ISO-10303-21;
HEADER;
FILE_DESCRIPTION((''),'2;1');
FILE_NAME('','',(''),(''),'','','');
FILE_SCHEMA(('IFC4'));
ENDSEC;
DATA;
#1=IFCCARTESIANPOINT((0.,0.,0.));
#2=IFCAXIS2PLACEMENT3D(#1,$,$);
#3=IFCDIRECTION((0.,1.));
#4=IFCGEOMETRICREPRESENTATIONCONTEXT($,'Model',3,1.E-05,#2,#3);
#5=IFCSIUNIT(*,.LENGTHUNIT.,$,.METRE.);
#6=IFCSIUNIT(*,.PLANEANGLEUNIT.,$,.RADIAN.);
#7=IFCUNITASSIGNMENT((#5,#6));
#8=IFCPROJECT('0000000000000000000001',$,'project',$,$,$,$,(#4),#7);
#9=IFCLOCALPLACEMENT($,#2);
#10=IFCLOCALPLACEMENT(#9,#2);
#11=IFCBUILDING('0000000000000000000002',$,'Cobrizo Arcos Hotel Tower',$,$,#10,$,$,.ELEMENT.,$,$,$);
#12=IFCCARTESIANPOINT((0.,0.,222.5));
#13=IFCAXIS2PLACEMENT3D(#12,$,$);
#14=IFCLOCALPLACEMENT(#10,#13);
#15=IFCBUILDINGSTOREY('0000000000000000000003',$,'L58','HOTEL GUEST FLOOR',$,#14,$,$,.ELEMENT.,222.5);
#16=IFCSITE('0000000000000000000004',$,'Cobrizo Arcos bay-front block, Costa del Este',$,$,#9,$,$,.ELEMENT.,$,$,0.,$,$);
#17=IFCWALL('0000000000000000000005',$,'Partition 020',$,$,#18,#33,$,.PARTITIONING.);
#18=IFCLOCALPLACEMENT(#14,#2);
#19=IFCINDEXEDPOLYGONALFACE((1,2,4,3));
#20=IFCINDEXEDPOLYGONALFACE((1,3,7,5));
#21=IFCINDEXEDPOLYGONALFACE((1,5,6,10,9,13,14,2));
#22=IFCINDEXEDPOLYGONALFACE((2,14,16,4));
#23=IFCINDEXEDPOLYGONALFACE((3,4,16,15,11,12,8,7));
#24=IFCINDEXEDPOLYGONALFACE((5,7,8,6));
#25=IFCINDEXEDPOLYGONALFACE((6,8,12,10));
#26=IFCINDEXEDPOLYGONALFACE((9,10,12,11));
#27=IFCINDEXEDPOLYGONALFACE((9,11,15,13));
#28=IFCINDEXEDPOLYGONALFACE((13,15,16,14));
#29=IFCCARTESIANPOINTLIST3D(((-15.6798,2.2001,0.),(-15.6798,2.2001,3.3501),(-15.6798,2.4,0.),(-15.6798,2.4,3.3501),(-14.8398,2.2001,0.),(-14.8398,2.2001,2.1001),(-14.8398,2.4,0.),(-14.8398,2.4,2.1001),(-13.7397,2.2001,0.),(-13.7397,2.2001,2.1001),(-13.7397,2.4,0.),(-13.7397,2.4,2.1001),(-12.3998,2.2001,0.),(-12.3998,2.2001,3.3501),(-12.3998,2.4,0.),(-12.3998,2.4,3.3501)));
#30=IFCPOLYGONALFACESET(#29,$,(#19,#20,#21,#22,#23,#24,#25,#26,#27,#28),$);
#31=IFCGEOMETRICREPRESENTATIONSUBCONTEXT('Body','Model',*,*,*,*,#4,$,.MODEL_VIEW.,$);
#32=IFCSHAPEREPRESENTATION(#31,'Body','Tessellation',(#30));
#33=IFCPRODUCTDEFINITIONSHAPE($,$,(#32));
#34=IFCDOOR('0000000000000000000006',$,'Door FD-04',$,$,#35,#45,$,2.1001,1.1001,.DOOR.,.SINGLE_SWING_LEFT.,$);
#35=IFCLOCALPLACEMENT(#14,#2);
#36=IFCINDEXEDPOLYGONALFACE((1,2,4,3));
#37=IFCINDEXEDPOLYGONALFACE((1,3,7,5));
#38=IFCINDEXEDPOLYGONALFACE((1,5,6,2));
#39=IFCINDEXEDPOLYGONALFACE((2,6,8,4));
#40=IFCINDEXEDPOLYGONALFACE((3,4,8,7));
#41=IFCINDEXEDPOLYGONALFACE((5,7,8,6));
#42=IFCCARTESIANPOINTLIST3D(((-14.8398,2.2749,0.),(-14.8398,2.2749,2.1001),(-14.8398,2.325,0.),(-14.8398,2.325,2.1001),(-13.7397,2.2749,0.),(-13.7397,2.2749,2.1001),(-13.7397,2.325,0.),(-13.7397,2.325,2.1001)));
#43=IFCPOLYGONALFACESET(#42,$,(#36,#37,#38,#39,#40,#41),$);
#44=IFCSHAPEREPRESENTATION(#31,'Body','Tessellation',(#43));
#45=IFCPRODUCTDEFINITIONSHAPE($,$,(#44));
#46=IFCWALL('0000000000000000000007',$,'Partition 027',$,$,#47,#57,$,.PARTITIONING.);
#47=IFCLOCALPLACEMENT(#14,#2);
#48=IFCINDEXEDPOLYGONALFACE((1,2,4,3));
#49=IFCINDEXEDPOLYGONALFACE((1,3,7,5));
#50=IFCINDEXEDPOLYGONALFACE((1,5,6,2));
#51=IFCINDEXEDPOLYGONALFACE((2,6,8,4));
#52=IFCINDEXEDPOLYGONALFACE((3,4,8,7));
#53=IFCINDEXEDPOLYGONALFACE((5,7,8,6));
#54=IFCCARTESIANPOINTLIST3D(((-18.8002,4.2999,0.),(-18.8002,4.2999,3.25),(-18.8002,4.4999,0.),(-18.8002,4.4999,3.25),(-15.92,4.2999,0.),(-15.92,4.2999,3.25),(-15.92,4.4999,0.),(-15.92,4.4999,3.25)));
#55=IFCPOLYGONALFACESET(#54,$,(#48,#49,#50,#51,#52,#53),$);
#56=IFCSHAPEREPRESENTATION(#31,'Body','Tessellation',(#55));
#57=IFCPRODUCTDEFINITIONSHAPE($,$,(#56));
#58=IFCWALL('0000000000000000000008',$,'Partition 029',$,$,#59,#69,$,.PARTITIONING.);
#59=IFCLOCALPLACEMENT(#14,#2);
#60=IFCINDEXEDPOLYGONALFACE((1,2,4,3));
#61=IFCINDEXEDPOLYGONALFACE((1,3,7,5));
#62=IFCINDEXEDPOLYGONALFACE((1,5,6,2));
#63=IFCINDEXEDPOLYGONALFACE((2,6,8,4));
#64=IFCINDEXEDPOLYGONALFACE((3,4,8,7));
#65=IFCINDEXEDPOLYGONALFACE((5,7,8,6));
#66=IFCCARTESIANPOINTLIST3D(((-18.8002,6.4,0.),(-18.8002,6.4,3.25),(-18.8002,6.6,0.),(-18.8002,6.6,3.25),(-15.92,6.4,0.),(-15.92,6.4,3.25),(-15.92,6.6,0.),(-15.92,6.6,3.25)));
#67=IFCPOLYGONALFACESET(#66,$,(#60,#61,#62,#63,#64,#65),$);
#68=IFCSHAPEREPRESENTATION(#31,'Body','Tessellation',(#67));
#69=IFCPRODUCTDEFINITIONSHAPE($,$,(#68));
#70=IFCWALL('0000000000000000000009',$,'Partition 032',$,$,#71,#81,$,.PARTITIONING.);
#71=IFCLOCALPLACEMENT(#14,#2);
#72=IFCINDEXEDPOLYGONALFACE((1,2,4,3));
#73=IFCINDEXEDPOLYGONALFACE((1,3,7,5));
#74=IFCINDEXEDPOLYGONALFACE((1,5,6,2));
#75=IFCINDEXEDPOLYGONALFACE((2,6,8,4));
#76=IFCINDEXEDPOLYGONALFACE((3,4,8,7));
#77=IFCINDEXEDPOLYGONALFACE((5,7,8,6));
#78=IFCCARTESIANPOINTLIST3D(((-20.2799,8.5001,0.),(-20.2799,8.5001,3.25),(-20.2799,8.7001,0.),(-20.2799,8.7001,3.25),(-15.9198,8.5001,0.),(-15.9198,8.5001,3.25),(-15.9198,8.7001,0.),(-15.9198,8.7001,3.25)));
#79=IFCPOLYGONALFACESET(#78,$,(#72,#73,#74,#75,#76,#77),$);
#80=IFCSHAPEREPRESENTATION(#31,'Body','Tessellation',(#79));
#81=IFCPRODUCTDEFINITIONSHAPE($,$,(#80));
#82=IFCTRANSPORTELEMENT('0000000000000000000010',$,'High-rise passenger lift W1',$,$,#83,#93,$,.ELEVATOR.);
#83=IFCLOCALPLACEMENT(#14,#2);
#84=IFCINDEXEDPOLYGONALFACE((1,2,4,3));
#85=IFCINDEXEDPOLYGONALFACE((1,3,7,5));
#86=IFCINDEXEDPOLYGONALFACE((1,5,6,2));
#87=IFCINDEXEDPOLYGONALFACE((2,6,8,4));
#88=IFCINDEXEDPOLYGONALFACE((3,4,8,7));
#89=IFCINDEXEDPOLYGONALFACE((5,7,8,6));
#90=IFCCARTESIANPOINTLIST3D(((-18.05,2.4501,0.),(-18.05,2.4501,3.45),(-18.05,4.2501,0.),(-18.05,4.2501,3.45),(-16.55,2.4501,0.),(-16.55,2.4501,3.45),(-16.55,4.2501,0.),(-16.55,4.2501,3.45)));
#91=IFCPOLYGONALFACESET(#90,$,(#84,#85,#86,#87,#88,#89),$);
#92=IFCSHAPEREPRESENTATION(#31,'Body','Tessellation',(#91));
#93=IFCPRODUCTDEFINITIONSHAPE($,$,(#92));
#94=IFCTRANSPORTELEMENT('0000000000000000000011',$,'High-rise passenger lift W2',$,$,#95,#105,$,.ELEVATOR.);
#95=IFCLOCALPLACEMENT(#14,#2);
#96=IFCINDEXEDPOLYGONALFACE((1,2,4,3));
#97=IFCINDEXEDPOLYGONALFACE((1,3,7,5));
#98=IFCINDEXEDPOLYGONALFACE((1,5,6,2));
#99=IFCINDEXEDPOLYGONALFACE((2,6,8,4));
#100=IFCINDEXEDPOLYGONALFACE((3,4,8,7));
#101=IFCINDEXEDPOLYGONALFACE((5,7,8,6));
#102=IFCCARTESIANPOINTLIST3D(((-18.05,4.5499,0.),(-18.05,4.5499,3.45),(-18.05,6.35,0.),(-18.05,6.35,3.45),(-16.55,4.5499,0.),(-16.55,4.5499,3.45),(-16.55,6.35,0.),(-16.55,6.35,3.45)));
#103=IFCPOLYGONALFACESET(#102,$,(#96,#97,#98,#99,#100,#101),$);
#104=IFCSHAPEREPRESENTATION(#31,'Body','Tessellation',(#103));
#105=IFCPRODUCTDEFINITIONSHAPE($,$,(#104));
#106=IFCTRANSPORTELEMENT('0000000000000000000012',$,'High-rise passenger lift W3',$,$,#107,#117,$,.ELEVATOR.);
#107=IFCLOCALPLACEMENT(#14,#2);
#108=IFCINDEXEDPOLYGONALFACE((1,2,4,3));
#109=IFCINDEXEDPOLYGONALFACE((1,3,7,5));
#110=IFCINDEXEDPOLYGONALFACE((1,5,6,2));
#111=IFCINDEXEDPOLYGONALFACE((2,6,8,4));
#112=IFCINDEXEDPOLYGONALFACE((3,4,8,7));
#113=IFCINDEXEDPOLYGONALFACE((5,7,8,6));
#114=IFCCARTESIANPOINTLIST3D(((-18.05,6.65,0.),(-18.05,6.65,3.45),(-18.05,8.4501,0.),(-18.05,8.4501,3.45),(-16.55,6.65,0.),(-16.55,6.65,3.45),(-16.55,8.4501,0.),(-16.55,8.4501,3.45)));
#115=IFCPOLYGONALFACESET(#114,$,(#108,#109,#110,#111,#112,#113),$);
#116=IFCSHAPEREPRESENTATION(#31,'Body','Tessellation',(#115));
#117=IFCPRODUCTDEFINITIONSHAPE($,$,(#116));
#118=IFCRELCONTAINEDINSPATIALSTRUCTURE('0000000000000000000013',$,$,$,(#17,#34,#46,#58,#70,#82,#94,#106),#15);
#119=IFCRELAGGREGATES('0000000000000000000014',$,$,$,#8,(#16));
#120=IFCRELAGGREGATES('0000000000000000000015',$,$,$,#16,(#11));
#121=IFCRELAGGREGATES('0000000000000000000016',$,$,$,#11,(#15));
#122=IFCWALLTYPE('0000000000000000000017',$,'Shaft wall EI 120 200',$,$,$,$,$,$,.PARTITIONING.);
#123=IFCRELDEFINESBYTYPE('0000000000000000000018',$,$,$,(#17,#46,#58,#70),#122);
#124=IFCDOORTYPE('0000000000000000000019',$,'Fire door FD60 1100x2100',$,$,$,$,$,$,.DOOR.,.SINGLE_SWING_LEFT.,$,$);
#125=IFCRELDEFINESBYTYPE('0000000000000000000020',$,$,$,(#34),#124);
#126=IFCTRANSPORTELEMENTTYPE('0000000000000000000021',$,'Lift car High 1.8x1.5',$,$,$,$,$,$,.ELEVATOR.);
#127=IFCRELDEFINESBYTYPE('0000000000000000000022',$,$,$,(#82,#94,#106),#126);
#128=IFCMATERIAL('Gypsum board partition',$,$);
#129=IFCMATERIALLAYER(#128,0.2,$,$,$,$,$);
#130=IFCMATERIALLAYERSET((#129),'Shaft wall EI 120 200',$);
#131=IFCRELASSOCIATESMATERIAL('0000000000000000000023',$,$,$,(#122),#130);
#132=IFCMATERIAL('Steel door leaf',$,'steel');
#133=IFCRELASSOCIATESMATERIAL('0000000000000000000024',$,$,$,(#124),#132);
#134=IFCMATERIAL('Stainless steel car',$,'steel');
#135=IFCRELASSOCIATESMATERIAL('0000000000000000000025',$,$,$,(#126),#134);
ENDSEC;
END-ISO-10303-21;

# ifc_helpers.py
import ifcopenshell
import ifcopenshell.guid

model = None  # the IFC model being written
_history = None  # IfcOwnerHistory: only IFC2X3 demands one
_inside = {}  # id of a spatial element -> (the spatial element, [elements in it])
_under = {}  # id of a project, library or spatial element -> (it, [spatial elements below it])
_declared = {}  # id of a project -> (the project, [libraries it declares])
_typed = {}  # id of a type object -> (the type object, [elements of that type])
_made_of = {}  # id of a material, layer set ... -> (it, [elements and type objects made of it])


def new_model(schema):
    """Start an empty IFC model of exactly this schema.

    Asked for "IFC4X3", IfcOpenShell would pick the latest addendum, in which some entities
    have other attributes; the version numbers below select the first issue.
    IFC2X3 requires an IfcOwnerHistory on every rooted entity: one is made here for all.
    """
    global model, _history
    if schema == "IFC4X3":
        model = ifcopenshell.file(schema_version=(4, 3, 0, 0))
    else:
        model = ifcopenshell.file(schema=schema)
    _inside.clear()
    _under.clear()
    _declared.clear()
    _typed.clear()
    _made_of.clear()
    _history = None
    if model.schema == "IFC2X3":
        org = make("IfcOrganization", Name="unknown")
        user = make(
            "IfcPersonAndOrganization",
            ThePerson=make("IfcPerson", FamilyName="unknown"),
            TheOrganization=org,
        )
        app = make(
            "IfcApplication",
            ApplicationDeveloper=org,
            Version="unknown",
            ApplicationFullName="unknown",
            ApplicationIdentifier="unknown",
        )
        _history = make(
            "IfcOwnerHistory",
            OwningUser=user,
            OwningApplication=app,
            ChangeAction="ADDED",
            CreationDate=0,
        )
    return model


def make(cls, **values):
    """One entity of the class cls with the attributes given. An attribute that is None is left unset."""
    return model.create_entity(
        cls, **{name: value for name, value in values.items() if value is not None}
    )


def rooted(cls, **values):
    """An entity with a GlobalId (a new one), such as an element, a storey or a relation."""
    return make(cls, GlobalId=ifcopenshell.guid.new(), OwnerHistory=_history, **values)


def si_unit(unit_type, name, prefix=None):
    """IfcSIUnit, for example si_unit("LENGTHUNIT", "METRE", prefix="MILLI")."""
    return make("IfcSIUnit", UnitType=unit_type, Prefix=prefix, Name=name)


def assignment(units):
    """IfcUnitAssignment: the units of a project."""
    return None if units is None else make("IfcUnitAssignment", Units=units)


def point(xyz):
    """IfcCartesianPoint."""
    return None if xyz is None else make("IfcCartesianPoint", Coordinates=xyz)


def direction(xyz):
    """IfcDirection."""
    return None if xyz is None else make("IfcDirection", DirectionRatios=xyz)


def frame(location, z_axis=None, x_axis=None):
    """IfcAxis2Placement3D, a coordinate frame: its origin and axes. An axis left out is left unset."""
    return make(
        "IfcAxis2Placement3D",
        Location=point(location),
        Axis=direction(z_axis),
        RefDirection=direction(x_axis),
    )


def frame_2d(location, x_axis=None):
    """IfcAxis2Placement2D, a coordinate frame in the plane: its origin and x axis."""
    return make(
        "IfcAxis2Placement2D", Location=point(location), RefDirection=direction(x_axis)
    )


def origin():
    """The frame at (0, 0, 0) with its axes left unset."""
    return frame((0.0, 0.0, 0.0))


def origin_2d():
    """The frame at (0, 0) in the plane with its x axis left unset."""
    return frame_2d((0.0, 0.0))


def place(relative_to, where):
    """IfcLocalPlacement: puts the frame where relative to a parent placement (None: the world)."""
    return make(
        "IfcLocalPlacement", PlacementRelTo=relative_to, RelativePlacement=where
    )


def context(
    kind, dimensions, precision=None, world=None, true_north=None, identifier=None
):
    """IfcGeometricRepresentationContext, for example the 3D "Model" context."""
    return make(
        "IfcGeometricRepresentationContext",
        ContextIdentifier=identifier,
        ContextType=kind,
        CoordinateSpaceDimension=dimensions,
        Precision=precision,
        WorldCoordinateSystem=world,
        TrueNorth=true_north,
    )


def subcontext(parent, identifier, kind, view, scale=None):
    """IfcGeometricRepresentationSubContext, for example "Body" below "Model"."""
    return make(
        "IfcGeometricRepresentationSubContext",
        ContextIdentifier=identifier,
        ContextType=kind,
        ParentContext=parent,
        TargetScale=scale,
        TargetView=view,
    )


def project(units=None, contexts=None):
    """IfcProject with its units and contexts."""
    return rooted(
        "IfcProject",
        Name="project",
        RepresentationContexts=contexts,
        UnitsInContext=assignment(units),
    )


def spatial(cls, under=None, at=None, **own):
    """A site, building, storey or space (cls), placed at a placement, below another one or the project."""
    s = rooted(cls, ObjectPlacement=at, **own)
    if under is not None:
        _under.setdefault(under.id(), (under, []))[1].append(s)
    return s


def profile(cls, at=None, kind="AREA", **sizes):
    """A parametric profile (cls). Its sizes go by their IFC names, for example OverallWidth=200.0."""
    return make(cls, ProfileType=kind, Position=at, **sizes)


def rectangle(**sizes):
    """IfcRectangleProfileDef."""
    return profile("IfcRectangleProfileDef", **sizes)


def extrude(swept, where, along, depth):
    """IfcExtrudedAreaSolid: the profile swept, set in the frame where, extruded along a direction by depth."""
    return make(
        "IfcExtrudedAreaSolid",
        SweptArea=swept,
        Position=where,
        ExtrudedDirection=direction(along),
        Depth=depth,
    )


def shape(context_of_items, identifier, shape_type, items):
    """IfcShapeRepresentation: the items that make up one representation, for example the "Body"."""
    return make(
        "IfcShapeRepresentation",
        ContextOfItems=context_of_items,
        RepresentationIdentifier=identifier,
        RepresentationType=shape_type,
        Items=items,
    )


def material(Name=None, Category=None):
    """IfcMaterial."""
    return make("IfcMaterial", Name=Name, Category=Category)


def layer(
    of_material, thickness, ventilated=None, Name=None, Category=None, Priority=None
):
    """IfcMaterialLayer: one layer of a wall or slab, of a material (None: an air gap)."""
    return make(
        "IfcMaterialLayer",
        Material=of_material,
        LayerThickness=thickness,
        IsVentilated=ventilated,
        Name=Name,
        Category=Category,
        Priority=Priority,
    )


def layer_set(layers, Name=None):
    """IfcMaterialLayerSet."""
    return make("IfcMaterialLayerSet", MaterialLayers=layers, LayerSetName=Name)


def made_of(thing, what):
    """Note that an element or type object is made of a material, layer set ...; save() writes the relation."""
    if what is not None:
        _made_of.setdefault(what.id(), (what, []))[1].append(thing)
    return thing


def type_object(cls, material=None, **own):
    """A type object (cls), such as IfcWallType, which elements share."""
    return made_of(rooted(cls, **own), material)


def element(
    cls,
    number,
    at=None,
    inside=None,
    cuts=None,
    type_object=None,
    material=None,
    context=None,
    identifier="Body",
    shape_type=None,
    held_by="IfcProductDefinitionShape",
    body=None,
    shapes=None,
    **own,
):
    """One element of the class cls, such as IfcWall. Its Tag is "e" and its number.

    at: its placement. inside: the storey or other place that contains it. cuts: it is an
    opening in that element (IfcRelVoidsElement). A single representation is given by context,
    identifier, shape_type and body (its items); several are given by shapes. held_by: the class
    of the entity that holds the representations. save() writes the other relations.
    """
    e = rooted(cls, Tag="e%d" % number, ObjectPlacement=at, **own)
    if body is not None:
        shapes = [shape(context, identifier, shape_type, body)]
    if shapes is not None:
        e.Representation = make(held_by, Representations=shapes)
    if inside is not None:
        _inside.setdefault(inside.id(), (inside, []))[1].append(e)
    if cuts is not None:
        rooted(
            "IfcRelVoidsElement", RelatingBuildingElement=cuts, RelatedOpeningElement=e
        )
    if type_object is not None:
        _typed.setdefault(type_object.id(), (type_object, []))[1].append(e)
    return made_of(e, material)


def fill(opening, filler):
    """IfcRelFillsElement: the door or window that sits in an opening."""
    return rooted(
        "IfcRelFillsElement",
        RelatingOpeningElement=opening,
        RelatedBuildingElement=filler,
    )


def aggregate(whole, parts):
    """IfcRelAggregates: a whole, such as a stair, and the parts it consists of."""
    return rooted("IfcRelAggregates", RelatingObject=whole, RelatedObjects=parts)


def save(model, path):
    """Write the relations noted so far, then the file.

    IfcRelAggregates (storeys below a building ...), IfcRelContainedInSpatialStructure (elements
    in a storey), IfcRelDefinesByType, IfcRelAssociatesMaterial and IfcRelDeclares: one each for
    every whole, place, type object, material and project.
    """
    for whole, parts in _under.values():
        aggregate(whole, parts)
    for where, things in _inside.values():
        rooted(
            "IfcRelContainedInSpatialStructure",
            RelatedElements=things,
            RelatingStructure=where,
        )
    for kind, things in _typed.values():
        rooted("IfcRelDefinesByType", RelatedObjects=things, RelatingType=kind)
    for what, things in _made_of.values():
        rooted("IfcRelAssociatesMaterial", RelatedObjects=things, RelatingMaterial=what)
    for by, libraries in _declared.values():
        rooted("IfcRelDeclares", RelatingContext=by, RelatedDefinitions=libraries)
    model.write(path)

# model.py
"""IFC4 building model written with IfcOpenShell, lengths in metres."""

from ifc_helpers import new_model, si_unit, direction, frame, frame_2d, origin, origin_2d, place, context, subcontext, project, spatial, rectangle, extrude, material, layer, layer_set, type_object, element, fill, save


model = new_model("IFC4")

# Units and contexts
model_context = context("Model", 3, precision=1e-05, world=origin(), true_north=direction((0.0, 1.0)))
body_context = subcontext(model_context, "Body", "Model", "MODEL_VIEW")
ifc_project = project(units=[si_unit("LENGTHUNIT", "METRE"), si_unit("PLANEANGLEUNIT", "RADIAN")], contexts=[model_context])

# Site, building, storey
site_placement = place(None, origin())
site = spatial("IfcSite", under=ifc_project, at=site_placement, Name="Cobrizo Arcos bay-front block, Costa del Este", CompositionType="ELEMENT", RefElevation=0.0)
building_placement = place(site_placement, origin())
building = spatial("IfcBuilding", under=site, at=building_placement, Name="Cobrizo Arcos Hotel Tower", CompositionType="ELEMENT")
storey_placement = place(building_placement, frame((0.0, 0.0, 222.5)))
storey = spatial("IfcBuildingStorey", under=building, at=storey_placement, Name="L58", Description="HOTEL GUEST FLOOR", CompositionType="ELEMENT", Elevation=222.5)

# Shared definitions
ifc_material_1 = material(Name="Gypsum board partition")

# Shared definitions
ifc_layer_1 = layer(ifc_material_1, 0.2)
ifc_layer_set_1 = layer_set([ifc_layer_1], Name="Shaft wall EI 120 200")
wall_type_1 = type_object("IfcWallType", Name="Shaft wall EI 120 200", PredefinedType="PARTITIONING", material=ifc_layer_set_1)

# Wall, opening, door
wall_1_placement = place(storey_placement, frame((-15.6799, 2.3, 0.0), z_axis=(0.0, 0.0, 1.0), x_axis=(1.0, 0.0, 0.0)))
wall_1 = element("IfcWall", 1, at=wall_1_placement, inside=storey, type_object=wall_type_1, Name="Partition 020", PredefinedType="PARTITIONING", context=body_context, shape_type="SweptSolid", body=[
    extrude(rectangle(XDim=3.28, YDim=0.2, at=frame_2d((1.6401, 0.0))), origin(), (0.0, 0.0, 1.0), 3.3501),
])
opening_1_placement = place(wall_1_placement, frame((0.8401, 0.0, 0.0)))
opening_1 = element("IfcOpeningElement", 2, at=opening_1_placement, cuts=wall_1, PredefinedType="OPENING", context=body_context, shape_type="SweptSolid", body=[
    extrude(rectangle(XDim=1.1001, YDim=2.1001, at=frame_2d((0.55, 1.05))), frame((0.0, 0.1121, 0.0), z_axis=(0.0, -1.0, 0.0), x_axis=(1.0, 0.0, 0.0)), (0.0, 0.0, 1.0), 0.2239),
])
ifc_material_2 = material(Name="Steel door leaf", Category="steel")
door_type_1 = type_object("IfcDoorType", Name="Fire door FD60 1100x2100", OperationType="SINGLE_SWING_LEFT", PredefinedType="DOOR", material=ifc_material_2)
door_1_placement = place(opening_1_placement, origin())
door_1 = element("IfcDoor", 3, at=door_1_placement, inside=storey, type_object=door_type_1, Name="Door FD-04", OperationType="SINGLE_SWING_LEFT", OverallHeight=2.1001, OverallWidth=1.1001, PredefinedType="DOOR", context=body_context, shape_type="SweptSolid", body=[
    extrude(rectangle(XDim=1.1001, YDim=2.1001, at=frame_2d((0.55, 1.05))), frame((0.0, 0.0249, 0.0), z_axis=(0.0, -1.0, 0.0), x_axis=(1.0, 0.0, 0.0)), (0.0, 0.0, 1.0), 0.05),
])
fill(opening_1, door_1)

# Walls
for number, where, z_axis, x_axis, name in (
    (4, (-18.8, 4.3999, 0.0), (0.0, 0.0, 1.0), (1.0, 0.0, 0.0), "Partition 027"),
    (5, (-18.8, 6.5, 0.0), (0.0, 0.0, 1.0), (1.0, 0.0, 0.0), "Partition 029"),
):
    element("IfcWall", number, at=place(storey_placement, frame(where, z_axis=z_axis, x_axis=x_axis)), inside=storey, type_object=wall_type_1, Name=name, PredefinedType="PARTITIONING", context=body_context, shape_type="SweptSolid", body=[
        extrude(rectangle(XDim=2.8801, YDim=0.2, at=frame_2d((1.4399, 0.0))), origin(), (0.0, 0.0, 1.0), 3.25),
    ])
wall_2_placement = place(storey_placement, frame((-20.28, 8.6001, 0.0), z_axis=(0.0, 0.0, 1.0), x_axis=(1.0, 0.0, 0.0)))
element("IfcWall", 6, at=wall_2_placement, inside=storey, type_object=wall_type_1, Name="Partition 032", PredefinedType="PARTITIONING", context=body_context, shape_type="SweptSolid", body=[
    extrude(rectangle(XDim=4.3601, YDim=0.2, at=frame_2d((2.1802, 0.0))), origin(), (0.0, 0.0, 1.0), 3.25),
])

# Transport elements
ifc_material_3 = material(Name="Stainless steel car", Category="steel")
transport_element_type = type_object("IfcTransportElementType", Name="Lift car High 1.8x1.5", PredefinedType="ELEVATOR", material=ifc_material_3)
for number, where, z_axis, x_axis, name in (
    (7, (-17.3, 3.3501, 0.0), (0.0, 0.0, 1.0), (1.0, 0.0, 0.0), "High-rise passenger lift W1"),
    (8, (-17.3, 5.45, 0.0), (0.0, 0.0, 1.0), (1.0, 0.0, 0.0), "High-rise passenger lift W2"),
    (9, (-17.3, 7.55, 0.0), (0.0, 0.0, 1.0), (1.0, 0.0, 0.0), "High-rise passenger lift W3"),
):
    element("IfcTransportElement", number, at=place(storey_placement, frame(where, z_axis=z_axis, x_axis=x_axis)), inside=storey, type_object=transport_element_type, Name=name, PredefinedType="ELEVATOR", context=body_context, shape_type="SweptSolid", body=[
        extrude(rectangle(XDim=1.5, YDim=1.8, at=origin_2d()), origin(), (0.0, 0.0, 1.0), 3.45),
    ])

save(model, "model.ifc")
